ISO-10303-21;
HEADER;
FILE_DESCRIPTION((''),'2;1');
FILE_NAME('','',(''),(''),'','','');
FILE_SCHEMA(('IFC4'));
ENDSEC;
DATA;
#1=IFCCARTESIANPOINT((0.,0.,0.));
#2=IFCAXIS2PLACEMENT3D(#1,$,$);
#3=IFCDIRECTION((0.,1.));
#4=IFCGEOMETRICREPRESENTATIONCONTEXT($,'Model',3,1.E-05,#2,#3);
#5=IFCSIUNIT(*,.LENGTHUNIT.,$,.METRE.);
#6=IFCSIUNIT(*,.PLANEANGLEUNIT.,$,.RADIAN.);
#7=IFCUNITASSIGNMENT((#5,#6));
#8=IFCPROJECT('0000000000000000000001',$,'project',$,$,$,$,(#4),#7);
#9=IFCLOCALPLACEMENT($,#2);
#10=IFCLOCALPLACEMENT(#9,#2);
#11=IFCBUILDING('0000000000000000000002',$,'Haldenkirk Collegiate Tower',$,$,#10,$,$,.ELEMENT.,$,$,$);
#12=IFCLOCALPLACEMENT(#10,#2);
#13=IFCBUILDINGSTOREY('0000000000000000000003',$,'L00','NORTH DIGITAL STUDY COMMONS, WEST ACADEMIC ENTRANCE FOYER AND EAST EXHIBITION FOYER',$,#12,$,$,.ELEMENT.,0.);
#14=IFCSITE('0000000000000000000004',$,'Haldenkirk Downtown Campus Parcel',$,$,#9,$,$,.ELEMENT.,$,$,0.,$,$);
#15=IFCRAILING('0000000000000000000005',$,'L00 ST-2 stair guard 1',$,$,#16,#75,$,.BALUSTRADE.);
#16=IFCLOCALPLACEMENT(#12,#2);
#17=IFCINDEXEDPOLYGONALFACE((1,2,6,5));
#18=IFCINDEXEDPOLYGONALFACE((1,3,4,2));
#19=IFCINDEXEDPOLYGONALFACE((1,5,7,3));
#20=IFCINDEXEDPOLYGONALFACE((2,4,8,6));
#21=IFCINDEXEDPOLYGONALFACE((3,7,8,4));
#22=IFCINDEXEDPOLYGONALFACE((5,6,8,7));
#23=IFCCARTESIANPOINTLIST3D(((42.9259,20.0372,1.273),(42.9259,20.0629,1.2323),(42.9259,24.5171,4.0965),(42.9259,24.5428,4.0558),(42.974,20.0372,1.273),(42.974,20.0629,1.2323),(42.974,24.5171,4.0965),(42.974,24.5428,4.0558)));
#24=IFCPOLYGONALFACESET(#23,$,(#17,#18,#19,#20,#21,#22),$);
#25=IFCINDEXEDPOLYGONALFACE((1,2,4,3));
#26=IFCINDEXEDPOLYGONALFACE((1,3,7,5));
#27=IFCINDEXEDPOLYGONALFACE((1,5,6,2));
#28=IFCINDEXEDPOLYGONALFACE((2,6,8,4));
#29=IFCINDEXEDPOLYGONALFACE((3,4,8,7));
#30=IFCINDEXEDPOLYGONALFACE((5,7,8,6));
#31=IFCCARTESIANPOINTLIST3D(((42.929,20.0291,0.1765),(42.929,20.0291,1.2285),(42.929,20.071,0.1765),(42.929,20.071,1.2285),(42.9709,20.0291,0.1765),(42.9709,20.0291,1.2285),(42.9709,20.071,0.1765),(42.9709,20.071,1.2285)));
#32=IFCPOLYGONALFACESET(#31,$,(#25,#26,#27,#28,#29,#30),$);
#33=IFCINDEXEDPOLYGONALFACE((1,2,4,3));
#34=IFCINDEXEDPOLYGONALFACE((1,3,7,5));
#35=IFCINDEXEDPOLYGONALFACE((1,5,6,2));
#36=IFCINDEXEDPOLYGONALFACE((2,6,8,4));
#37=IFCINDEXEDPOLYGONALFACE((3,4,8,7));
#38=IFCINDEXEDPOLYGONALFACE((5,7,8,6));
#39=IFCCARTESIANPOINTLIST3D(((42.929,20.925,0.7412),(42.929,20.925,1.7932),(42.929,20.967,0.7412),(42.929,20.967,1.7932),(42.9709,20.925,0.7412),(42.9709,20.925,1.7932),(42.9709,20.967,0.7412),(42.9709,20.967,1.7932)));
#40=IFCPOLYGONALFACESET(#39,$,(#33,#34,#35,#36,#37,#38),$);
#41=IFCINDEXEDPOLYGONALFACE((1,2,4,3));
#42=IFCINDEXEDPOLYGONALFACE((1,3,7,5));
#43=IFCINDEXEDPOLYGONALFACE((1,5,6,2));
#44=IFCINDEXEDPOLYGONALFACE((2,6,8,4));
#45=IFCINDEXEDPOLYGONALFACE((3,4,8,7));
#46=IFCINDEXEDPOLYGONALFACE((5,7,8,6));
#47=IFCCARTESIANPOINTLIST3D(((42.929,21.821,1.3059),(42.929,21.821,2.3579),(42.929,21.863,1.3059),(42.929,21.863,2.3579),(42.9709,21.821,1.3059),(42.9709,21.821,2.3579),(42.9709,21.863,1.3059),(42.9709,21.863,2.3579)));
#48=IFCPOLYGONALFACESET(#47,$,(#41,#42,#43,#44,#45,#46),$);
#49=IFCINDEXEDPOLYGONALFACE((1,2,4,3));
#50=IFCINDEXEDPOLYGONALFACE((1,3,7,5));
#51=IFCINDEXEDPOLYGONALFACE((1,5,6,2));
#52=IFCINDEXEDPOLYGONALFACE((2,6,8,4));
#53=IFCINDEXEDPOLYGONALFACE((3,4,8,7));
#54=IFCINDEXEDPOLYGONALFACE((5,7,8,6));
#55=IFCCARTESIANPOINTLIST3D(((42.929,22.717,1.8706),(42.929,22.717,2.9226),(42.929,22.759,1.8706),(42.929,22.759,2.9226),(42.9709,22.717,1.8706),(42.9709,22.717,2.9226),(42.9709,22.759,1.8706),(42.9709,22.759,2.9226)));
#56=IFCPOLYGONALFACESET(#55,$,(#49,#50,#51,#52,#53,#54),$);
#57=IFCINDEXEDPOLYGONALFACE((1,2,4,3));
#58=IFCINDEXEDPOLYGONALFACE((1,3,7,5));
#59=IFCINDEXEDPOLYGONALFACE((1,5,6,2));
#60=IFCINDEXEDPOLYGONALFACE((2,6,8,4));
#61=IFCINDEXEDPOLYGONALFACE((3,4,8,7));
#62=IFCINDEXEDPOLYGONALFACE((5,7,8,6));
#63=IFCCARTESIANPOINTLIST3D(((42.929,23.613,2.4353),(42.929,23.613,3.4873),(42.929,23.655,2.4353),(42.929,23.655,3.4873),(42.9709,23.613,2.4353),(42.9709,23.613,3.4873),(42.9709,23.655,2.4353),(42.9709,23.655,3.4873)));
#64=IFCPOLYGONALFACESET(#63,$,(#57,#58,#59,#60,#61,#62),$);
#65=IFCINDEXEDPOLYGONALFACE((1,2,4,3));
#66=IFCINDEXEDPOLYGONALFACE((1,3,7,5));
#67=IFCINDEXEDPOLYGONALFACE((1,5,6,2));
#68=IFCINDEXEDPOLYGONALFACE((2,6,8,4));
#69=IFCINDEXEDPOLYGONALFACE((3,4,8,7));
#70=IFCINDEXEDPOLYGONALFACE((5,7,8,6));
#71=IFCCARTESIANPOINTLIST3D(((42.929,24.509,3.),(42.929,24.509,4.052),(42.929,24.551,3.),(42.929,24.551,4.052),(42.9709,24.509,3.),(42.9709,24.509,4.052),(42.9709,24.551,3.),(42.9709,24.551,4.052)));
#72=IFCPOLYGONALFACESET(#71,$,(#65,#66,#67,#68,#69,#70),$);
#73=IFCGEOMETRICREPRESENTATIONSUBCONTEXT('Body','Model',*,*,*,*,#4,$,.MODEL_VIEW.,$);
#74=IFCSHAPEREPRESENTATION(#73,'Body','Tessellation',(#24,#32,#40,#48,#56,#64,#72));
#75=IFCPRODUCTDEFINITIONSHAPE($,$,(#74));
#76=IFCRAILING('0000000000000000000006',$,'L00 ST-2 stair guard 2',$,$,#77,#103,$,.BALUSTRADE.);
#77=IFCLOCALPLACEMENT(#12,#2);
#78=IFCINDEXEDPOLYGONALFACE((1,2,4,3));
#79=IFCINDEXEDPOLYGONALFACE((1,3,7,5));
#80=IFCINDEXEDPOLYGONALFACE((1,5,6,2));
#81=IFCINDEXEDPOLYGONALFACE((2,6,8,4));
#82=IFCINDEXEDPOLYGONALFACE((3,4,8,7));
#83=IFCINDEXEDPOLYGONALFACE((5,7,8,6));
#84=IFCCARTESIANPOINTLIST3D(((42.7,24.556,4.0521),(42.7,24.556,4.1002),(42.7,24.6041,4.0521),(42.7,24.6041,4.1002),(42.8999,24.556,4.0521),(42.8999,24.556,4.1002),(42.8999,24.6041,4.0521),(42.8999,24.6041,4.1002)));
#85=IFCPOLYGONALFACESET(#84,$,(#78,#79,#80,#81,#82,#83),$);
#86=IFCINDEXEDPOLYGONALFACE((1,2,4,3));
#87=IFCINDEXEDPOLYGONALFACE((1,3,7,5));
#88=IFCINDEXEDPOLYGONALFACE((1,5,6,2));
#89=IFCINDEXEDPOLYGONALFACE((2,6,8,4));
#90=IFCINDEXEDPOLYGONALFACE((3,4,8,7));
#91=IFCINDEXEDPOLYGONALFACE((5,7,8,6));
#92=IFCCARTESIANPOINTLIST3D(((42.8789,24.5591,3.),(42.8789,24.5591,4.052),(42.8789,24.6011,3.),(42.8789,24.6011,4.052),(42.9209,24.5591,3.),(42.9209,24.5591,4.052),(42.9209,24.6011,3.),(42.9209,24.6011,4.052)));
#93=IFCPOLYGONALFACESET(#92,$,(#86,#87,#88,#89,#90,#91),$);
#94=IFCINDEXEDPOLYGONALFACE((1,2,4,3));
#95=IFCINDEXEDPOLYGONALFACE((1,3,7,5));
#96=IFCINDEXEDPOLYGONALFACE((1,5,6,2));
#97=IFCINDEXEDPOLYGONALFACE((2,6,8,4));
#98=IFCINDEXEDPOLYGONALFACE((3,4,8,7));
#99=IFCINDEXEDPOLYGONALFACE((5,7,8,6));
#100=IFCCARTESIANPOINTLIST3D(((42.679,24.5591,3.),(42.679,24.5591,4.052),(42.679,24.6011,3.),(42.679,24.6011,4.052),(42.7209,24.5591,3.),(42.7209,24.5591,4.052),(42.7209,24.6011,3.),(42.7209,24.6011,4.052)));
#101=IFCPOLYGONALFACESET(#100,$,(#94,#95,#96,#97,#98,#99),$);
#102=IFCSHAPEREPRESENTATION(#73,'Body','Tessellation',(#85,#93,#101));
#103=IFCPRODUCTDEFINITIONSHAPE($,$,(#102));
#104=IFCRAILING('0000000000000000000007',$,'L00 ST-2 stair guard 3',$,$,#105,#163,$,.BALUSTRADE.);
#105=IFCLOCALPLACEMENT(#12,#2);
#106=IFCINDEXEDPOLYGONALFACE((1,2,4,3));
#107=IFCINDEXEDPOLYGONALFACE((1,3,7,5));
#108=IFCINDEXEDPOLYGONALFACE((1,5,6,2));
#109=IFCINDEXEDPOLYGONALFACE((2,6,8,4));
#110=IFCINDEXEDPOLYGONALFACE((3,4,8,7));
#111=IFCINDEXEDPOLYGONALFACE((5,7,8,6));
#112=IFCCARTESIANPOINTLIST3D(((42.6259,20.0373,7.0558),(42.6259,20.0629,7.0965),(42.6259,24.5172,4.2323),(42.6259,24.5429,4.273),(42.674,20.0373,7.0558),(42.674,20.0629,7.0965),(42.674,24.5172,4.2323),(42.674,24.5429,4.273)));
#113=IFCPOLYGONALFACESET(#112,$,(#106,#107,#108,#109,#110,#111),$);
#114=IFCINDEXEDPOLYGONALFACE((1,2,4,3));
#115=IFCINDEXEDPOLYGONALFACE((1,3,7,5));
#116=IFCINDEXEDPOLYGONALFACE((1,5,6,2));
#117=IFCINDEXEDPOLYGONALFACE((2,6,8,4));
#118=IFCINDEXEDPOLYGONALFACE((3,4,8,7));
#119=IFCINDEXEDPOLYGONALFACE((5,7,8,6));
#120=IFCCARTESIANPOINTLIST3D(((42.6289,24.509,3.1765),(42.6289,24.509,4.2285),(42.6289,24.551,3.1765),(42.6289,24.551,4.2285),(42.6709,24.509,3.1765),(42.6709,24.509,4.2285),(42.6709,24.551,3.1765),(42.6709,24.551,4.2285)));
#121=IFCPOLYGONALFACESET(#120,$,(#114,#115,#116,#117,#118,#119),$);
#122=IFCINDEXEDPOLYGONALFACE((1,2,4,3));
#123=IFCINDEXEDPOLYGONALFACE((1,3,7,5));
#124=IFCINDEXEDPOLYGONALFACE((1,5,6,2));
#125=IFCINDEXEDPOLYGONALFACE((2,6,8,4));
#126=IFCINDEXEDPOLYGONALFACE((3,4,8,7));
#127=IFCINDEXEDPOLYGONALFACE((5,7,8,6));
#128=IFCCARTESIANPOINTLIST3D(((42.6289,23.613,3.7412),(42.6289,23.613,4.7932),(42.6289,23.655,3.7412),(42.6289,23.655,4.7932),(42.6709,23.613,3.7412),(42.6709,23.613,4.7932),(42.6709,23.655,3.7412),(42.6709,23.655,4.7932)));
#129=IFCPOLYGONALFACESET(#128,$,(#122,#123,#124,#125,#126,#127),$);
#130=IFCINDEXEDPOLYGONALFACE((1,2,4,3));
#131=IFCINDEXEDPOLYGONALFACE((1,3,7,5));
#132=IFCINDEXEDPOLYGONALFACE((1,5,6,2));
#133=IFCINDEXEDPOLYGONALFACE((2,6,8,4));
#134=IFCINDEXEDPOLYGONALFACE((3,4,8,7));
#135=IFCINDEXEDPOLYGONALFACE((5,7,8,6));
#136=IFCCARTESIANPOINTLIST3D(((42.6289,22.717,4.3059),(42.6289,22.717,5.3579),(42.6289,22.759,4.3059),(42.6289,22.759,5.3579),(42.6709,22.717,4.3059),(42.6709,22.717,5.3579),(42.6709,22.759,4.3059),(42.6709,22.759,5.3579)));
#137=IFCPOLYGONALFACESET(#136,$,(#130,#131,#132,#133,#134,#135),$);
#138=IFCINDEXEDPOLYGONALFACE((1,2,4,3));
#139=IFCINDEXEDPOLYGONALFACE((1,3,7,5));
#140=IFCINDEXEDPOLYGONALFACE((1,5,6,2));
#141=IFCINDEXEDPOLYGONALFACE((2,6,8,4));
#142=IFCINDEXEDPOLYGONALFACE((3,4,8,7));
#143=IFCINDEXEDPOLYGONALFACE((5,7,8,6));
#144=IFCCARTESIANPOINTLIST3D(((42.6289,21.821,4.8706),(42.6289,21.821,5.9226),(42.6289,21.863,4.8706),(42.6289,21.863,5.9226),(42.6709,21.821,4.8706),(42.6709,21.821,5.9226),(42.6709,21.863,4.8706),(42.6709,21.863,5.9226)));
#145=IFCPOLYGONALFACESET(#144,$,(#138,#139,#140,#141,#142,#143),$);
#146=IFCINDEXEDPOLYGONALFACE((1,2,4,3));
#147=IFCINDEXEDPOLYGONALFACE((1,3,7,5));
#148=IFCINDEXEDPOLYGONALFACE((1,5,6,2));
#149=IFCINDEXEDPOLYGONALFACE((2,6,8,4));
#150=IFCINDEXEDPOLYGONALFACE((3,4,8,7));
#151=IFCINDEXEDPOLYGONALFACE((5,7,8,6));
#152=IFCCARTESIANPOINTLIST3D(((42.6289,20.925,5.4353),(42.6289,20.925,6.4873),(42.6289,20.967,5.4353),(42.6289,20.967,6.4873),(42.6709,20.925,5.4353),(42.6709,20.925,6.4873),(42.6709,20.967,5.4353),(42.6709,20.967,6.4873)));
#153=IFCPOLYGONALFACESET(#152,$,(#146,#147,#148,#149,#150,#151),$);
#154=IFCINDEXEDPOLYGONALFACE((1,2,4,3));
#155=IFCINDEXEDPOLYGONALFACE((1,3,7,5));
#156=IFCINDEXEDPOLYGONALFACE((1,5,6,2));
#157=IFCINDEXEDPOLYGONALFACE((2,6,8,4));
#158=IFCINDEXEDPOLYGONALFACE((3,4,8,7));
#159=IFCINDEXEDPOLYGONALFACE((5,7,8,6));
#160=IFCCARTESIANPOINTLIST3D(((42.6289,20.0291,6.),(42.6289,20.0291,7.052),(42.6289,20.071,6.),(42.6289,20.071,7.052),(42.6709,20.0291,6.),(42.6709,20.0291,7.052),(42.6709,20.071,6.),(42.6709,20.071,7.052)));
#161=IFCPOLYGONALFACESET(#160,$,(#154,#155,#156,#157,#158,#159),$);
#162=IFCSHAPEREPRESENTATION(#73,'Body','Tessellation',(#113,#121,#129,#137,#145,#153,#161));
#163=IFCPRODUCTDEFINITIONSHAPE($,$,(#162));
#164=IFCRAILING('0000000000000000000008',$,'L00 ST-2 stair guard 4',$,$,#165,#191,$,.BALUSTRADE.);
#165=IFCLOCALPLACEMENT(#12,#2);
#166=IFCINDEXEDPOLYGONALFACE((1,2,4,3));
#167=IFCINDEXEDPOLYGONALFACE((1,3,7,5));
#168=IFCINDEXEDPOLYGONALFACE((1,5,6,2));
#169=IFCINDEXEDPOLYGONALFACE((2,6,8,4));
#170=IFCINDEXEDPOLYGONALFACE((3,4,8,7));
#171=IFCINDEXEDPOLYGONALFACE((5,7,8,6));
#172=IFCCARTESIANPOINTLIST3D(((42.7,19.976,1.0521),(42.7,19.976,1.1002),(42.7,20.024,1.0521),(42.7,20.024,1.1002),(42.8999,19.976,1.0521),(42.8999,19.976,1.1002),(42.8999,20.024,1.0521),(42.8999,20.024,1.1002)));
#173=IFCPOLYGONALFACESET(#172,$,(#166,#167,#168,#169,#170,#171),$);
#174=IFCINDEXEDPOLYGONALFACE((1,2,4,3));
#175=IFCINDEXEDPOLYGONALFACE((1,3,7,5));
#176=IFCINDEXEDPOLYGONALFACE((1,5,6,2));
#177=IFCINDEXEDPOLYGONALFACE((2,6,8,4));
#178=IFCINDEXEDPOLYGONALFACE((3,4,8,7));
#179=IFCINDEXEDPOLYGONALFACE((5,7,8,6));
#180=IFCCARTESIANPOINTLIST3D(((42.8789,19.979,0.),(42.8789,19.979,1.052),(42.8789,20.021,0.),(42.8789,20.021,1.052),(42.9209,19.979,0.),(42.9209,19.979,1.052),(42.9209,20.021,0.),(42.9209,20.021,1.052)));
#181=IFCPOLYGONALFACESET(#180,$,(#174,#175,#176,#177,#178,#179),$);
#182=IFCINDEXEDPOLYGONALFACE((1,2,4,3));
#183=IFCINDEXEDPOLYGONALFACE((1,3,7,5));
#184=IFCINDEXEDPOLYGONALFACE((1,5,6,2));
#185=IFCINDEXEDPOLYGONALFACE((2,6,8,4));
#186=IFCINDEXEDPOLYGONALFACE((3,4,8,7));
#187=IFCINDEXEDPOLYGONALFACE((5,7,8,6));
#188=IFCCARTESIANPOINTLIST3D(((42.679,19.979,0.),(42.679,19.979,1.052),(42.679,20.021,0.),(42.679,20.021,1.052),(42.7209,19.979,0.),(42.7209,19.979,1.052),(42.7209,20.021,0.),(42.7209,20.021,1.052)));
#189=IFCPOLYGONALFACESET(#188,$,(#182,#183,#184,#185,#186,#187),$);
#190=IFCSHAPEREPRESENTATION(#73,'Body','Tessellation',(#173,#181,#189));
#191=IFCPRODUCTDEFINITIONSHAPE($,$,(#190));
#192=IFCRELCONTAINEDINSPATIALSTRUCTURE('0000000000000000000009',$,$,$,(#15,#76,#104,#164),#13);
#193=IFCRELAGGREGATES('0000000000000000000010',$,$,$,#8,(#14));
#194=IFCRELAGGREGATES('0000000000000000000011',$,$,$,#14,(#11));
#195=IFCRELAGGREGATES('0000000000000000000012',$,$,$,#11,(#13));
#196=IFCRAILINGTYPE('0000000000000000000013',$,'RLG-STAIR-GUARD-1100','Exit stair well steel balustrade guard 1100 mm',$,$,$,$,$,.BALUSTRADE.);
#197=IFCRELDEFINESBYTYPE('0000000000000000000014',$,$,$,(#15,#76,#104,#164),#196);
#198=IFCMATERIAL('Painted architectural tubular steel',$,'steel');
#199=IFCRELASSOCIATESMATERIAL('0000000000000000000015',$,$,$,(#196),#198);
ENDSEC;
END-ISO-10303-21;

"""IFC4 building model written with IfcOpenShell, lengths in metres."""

from ifc_helpers import new_model, si_unit, direction, frame, origin, origin_2d, place, context, subcontext, project, spatial, rectangle, extrude, material, type_object, element, save


model = new_model("IFC4")

# Units and contexts
model_context = context("Model", 3, precision=1e-05, world=origin(), true_north=direction((0.0, 1.0)))
body_context = subcontext(model_context, "Body", "Model", "MODEL_VIEW")
ifc_project = project(units=[si_unit("LENGTHUNIT", "METRE"), si_unit("PLANEANGLEUNIT", "RADIAN")], contexts=[model_context])

# Site, building, storey
site_placement = place(None, origin())
site = spatial("IfcSite", under=ifc_project, at=site_placement, Name="Haldenkirk Downtown Campus Parcel", CompositionType="ELEMENT", RefElevation=0.0)
building_placement = place(site_placement, origin())
building = spatial("IfcBuilding", under=site, at=building_placement, Name="Haldenkirk Collegiate Tower", CompositionType="ELEMENT")
storey_placement = place(building_placement, origin())
storey = spatial("IfcBuildingStorey", under=building, at=storey_placement, Name="L00", Description="NORTH DIGITAL STUDY COMMONS, WEST ACADEMIC ENTRANCE FOYER AND EAST EXHIBITION FOYER", CompositionType="ELEMENT", Elevation=0.0)

# Railings
ifc_material_1 = material(Name="Painted architectural tubular steel", Category="steel")
railing_type_1 = type_object("IfcRailingType", Name="RLG-STAIR-GUARD-1100", Description="Exit stair well steel balustrade guard 1100 mm", PredefinedType="BALUSTRADE", material=ifc_material_1)
railing_1_placement = place(storey_placement, frame((42.95, 20.05, 0.1765)))
element("IfcRailing", 1, at=railing_1_placement, inside=storey, type_object=railing_type_1, Name="L00 ST-2 stair guard 1", PredefinedType="BALUSTRADE", context=body_context, shape_type="SweptSolid", body=[
    extrude(rectangle(XDim=0.0481, YDim=0.0481, at=origin_2d()), frame((0.0, 0.0, 1.0762), z_axis=(0.0, 0.845998, 0.533186), x_axis=(-1.0, 0.0, 0.0)), (0.0, 0.0, 1.0), 5.2954),
    extrude(rectangle(XDim=0.042, YDim=0.042, at=origin_2d()), origin(), (0.0, 0.0, 1.0), 1.052),
    extrude(rectangle(XDim=0.042, YDim=0.042, at=origin_2d()), frame((0.0, 0.896, 0.5647)), (0.0, 0.0, 1.0), 1.052),
    extrude(rectangle(XDim=0.042, YDim=0.042, at=origin_2d()), frame((0.0, 1.792, 1.1294)), (0.0, 0.0, 1.0), 1.052),
    extrude(rectangle(XDim=0.042, YDim=0.042, at=origin_2d()), frame((0.0, 2.688, 1.6941)), (0.0, 0.0, 1.0), 1.052),
    extrude(rectangle(XDim=0.042, YDim=0.042, at=origin_2d()), frame((0.0, 3.584, 2.2588)), (0.0, 0.0, 1.0), 1.052),
    extrude(rectangle(XDim=0.042, YDim=0.042, at=origin_2d()), frame((0.0, 4.48, 2.8235)), (0.0, 0.0, 1.0), 1.052),
])
railing_2_placement = place(storey_placement, frame((42.8999, 24.5801, 3.0)))
element("IfcRailing", 2, at=railing_2_placement, inside=storey, type_object=railing_type_1, Name="L00 ST-2 stair guard 2", PredefinedType="BALUSTRADE", context=body_context, shape_type="SweptSolid", body=[
    extrude(rectangle(XDim=0.0481, YDim=0.0481, at=origin_2d()), frame((0.0, 0.0, 1.0762), z_axis=(-1.0, 0.0, 0.0), x_axis=(0.0, -1.0, 0.0)), (0.0, 0.0, 1.0), 0.2),
    extrude(rectangle(XDim=0.042, YDim=0.042, at=origin_2d()), origin(), (0.0, 0.0, 1.0), 1.052),
    extrude(rectangle(XDim=0.042, YDim=0.042, at=origin_2d()), frame((-0.2, 0.0, 0.0)), (0.0, 0.0, 1.0), 1.052),
])
railing_3_placement = place(storey_placement, frame((42.6499, 24.53, 3.1765)))
element("IfcRailing", 3, at=railing_3_placement, inside=storey, type_object=railing_type_1, Name="L00 ST-2 stair guard 3", PredefinedType="BALUSTRADE", context=body_context, shape_type="SweptSolid", body=[
    extrude(rectangle(XDim=0.0481, YDim=0.0481, at=origin_2d()), frame((0.0, 0.0, 1.0762), z_axis=(0.0, -0.845998, 0.533186), x_axis=(1.0, 0.0, 0.0)), (0.0, 0.0, 1.0), 5.2954),
    extrude(rectangle(XDim=0.042, YDim=0.042, at=origin_2d()), origin(), (0.0, 0.0, 1.0), 1.052),
    extrude(rectangle(XDim=0.042, YDim=0.042, at=origin_2d()), frame((0.0, -0.896, 0.5647)), (0.0, 0.0, 1.0), 1.052),
    extrude(rectangle(XDim=0.042, YDim=0.042, at=origin_2d()), frame((0.0, -1.792, 1.1294)), (0.0, 0.0, 1.0), 1.052),
    extrude(rectangle(XDim=0.042, YDim=0.042, at=origin_2d()), frame((0.0, -2.688, 1.6941)), (0.0, 0.0, 1.0), 1.052),
    extrude(rectangle(XDim=0.042, YDim=0.042, at=origin_2d()), frame((0.0, -3.584, 2.2588)), (0.0, 0.0, 1.0), 1.052),
    extrude(rectangle(XDim=0.042, YDim=0.042, at=origin_2d()), frame((0.0, -4.48, 2.8235)), (0.0, 0.0, 1.0), 1.052),
])
railing_4_placement = place(storey_placement, frame((42.8999, 20.0, 0.0)))
element("IfcRailing", 4, at=railing_4_placement, inside=storey, type_object=railing_type_1, Name="L00 ST-2 stair guard 4", PredefinedType="BALUSTRADE", context=body_context, shape_type="SweptSolid", body=[
    extrude(rectangle(XDim=0.0481, YDim=0.0481, at=origin_2d()), frame((0.0, 0.0, 1.0762), z_axis=(-1.0, 0.0, 0.0), x_axis=(0.0, -1.0, 0.0)), (0.0, 0.0, 1.0), 0.2),
    extrude(rectangle(XDim=0.042, YDim=0.042, at=origin_2d()), origin(), (0.0, 0.0, 1.0), 1.052),
    extrude(rectangle(XDim=0.042, YDim=0.042, at=origin_2d()), frame((-0.2, 0.0, 0.0)), (0.0, 0.0, 1.0), 1.052),
])

save(model, "model.ifc")
